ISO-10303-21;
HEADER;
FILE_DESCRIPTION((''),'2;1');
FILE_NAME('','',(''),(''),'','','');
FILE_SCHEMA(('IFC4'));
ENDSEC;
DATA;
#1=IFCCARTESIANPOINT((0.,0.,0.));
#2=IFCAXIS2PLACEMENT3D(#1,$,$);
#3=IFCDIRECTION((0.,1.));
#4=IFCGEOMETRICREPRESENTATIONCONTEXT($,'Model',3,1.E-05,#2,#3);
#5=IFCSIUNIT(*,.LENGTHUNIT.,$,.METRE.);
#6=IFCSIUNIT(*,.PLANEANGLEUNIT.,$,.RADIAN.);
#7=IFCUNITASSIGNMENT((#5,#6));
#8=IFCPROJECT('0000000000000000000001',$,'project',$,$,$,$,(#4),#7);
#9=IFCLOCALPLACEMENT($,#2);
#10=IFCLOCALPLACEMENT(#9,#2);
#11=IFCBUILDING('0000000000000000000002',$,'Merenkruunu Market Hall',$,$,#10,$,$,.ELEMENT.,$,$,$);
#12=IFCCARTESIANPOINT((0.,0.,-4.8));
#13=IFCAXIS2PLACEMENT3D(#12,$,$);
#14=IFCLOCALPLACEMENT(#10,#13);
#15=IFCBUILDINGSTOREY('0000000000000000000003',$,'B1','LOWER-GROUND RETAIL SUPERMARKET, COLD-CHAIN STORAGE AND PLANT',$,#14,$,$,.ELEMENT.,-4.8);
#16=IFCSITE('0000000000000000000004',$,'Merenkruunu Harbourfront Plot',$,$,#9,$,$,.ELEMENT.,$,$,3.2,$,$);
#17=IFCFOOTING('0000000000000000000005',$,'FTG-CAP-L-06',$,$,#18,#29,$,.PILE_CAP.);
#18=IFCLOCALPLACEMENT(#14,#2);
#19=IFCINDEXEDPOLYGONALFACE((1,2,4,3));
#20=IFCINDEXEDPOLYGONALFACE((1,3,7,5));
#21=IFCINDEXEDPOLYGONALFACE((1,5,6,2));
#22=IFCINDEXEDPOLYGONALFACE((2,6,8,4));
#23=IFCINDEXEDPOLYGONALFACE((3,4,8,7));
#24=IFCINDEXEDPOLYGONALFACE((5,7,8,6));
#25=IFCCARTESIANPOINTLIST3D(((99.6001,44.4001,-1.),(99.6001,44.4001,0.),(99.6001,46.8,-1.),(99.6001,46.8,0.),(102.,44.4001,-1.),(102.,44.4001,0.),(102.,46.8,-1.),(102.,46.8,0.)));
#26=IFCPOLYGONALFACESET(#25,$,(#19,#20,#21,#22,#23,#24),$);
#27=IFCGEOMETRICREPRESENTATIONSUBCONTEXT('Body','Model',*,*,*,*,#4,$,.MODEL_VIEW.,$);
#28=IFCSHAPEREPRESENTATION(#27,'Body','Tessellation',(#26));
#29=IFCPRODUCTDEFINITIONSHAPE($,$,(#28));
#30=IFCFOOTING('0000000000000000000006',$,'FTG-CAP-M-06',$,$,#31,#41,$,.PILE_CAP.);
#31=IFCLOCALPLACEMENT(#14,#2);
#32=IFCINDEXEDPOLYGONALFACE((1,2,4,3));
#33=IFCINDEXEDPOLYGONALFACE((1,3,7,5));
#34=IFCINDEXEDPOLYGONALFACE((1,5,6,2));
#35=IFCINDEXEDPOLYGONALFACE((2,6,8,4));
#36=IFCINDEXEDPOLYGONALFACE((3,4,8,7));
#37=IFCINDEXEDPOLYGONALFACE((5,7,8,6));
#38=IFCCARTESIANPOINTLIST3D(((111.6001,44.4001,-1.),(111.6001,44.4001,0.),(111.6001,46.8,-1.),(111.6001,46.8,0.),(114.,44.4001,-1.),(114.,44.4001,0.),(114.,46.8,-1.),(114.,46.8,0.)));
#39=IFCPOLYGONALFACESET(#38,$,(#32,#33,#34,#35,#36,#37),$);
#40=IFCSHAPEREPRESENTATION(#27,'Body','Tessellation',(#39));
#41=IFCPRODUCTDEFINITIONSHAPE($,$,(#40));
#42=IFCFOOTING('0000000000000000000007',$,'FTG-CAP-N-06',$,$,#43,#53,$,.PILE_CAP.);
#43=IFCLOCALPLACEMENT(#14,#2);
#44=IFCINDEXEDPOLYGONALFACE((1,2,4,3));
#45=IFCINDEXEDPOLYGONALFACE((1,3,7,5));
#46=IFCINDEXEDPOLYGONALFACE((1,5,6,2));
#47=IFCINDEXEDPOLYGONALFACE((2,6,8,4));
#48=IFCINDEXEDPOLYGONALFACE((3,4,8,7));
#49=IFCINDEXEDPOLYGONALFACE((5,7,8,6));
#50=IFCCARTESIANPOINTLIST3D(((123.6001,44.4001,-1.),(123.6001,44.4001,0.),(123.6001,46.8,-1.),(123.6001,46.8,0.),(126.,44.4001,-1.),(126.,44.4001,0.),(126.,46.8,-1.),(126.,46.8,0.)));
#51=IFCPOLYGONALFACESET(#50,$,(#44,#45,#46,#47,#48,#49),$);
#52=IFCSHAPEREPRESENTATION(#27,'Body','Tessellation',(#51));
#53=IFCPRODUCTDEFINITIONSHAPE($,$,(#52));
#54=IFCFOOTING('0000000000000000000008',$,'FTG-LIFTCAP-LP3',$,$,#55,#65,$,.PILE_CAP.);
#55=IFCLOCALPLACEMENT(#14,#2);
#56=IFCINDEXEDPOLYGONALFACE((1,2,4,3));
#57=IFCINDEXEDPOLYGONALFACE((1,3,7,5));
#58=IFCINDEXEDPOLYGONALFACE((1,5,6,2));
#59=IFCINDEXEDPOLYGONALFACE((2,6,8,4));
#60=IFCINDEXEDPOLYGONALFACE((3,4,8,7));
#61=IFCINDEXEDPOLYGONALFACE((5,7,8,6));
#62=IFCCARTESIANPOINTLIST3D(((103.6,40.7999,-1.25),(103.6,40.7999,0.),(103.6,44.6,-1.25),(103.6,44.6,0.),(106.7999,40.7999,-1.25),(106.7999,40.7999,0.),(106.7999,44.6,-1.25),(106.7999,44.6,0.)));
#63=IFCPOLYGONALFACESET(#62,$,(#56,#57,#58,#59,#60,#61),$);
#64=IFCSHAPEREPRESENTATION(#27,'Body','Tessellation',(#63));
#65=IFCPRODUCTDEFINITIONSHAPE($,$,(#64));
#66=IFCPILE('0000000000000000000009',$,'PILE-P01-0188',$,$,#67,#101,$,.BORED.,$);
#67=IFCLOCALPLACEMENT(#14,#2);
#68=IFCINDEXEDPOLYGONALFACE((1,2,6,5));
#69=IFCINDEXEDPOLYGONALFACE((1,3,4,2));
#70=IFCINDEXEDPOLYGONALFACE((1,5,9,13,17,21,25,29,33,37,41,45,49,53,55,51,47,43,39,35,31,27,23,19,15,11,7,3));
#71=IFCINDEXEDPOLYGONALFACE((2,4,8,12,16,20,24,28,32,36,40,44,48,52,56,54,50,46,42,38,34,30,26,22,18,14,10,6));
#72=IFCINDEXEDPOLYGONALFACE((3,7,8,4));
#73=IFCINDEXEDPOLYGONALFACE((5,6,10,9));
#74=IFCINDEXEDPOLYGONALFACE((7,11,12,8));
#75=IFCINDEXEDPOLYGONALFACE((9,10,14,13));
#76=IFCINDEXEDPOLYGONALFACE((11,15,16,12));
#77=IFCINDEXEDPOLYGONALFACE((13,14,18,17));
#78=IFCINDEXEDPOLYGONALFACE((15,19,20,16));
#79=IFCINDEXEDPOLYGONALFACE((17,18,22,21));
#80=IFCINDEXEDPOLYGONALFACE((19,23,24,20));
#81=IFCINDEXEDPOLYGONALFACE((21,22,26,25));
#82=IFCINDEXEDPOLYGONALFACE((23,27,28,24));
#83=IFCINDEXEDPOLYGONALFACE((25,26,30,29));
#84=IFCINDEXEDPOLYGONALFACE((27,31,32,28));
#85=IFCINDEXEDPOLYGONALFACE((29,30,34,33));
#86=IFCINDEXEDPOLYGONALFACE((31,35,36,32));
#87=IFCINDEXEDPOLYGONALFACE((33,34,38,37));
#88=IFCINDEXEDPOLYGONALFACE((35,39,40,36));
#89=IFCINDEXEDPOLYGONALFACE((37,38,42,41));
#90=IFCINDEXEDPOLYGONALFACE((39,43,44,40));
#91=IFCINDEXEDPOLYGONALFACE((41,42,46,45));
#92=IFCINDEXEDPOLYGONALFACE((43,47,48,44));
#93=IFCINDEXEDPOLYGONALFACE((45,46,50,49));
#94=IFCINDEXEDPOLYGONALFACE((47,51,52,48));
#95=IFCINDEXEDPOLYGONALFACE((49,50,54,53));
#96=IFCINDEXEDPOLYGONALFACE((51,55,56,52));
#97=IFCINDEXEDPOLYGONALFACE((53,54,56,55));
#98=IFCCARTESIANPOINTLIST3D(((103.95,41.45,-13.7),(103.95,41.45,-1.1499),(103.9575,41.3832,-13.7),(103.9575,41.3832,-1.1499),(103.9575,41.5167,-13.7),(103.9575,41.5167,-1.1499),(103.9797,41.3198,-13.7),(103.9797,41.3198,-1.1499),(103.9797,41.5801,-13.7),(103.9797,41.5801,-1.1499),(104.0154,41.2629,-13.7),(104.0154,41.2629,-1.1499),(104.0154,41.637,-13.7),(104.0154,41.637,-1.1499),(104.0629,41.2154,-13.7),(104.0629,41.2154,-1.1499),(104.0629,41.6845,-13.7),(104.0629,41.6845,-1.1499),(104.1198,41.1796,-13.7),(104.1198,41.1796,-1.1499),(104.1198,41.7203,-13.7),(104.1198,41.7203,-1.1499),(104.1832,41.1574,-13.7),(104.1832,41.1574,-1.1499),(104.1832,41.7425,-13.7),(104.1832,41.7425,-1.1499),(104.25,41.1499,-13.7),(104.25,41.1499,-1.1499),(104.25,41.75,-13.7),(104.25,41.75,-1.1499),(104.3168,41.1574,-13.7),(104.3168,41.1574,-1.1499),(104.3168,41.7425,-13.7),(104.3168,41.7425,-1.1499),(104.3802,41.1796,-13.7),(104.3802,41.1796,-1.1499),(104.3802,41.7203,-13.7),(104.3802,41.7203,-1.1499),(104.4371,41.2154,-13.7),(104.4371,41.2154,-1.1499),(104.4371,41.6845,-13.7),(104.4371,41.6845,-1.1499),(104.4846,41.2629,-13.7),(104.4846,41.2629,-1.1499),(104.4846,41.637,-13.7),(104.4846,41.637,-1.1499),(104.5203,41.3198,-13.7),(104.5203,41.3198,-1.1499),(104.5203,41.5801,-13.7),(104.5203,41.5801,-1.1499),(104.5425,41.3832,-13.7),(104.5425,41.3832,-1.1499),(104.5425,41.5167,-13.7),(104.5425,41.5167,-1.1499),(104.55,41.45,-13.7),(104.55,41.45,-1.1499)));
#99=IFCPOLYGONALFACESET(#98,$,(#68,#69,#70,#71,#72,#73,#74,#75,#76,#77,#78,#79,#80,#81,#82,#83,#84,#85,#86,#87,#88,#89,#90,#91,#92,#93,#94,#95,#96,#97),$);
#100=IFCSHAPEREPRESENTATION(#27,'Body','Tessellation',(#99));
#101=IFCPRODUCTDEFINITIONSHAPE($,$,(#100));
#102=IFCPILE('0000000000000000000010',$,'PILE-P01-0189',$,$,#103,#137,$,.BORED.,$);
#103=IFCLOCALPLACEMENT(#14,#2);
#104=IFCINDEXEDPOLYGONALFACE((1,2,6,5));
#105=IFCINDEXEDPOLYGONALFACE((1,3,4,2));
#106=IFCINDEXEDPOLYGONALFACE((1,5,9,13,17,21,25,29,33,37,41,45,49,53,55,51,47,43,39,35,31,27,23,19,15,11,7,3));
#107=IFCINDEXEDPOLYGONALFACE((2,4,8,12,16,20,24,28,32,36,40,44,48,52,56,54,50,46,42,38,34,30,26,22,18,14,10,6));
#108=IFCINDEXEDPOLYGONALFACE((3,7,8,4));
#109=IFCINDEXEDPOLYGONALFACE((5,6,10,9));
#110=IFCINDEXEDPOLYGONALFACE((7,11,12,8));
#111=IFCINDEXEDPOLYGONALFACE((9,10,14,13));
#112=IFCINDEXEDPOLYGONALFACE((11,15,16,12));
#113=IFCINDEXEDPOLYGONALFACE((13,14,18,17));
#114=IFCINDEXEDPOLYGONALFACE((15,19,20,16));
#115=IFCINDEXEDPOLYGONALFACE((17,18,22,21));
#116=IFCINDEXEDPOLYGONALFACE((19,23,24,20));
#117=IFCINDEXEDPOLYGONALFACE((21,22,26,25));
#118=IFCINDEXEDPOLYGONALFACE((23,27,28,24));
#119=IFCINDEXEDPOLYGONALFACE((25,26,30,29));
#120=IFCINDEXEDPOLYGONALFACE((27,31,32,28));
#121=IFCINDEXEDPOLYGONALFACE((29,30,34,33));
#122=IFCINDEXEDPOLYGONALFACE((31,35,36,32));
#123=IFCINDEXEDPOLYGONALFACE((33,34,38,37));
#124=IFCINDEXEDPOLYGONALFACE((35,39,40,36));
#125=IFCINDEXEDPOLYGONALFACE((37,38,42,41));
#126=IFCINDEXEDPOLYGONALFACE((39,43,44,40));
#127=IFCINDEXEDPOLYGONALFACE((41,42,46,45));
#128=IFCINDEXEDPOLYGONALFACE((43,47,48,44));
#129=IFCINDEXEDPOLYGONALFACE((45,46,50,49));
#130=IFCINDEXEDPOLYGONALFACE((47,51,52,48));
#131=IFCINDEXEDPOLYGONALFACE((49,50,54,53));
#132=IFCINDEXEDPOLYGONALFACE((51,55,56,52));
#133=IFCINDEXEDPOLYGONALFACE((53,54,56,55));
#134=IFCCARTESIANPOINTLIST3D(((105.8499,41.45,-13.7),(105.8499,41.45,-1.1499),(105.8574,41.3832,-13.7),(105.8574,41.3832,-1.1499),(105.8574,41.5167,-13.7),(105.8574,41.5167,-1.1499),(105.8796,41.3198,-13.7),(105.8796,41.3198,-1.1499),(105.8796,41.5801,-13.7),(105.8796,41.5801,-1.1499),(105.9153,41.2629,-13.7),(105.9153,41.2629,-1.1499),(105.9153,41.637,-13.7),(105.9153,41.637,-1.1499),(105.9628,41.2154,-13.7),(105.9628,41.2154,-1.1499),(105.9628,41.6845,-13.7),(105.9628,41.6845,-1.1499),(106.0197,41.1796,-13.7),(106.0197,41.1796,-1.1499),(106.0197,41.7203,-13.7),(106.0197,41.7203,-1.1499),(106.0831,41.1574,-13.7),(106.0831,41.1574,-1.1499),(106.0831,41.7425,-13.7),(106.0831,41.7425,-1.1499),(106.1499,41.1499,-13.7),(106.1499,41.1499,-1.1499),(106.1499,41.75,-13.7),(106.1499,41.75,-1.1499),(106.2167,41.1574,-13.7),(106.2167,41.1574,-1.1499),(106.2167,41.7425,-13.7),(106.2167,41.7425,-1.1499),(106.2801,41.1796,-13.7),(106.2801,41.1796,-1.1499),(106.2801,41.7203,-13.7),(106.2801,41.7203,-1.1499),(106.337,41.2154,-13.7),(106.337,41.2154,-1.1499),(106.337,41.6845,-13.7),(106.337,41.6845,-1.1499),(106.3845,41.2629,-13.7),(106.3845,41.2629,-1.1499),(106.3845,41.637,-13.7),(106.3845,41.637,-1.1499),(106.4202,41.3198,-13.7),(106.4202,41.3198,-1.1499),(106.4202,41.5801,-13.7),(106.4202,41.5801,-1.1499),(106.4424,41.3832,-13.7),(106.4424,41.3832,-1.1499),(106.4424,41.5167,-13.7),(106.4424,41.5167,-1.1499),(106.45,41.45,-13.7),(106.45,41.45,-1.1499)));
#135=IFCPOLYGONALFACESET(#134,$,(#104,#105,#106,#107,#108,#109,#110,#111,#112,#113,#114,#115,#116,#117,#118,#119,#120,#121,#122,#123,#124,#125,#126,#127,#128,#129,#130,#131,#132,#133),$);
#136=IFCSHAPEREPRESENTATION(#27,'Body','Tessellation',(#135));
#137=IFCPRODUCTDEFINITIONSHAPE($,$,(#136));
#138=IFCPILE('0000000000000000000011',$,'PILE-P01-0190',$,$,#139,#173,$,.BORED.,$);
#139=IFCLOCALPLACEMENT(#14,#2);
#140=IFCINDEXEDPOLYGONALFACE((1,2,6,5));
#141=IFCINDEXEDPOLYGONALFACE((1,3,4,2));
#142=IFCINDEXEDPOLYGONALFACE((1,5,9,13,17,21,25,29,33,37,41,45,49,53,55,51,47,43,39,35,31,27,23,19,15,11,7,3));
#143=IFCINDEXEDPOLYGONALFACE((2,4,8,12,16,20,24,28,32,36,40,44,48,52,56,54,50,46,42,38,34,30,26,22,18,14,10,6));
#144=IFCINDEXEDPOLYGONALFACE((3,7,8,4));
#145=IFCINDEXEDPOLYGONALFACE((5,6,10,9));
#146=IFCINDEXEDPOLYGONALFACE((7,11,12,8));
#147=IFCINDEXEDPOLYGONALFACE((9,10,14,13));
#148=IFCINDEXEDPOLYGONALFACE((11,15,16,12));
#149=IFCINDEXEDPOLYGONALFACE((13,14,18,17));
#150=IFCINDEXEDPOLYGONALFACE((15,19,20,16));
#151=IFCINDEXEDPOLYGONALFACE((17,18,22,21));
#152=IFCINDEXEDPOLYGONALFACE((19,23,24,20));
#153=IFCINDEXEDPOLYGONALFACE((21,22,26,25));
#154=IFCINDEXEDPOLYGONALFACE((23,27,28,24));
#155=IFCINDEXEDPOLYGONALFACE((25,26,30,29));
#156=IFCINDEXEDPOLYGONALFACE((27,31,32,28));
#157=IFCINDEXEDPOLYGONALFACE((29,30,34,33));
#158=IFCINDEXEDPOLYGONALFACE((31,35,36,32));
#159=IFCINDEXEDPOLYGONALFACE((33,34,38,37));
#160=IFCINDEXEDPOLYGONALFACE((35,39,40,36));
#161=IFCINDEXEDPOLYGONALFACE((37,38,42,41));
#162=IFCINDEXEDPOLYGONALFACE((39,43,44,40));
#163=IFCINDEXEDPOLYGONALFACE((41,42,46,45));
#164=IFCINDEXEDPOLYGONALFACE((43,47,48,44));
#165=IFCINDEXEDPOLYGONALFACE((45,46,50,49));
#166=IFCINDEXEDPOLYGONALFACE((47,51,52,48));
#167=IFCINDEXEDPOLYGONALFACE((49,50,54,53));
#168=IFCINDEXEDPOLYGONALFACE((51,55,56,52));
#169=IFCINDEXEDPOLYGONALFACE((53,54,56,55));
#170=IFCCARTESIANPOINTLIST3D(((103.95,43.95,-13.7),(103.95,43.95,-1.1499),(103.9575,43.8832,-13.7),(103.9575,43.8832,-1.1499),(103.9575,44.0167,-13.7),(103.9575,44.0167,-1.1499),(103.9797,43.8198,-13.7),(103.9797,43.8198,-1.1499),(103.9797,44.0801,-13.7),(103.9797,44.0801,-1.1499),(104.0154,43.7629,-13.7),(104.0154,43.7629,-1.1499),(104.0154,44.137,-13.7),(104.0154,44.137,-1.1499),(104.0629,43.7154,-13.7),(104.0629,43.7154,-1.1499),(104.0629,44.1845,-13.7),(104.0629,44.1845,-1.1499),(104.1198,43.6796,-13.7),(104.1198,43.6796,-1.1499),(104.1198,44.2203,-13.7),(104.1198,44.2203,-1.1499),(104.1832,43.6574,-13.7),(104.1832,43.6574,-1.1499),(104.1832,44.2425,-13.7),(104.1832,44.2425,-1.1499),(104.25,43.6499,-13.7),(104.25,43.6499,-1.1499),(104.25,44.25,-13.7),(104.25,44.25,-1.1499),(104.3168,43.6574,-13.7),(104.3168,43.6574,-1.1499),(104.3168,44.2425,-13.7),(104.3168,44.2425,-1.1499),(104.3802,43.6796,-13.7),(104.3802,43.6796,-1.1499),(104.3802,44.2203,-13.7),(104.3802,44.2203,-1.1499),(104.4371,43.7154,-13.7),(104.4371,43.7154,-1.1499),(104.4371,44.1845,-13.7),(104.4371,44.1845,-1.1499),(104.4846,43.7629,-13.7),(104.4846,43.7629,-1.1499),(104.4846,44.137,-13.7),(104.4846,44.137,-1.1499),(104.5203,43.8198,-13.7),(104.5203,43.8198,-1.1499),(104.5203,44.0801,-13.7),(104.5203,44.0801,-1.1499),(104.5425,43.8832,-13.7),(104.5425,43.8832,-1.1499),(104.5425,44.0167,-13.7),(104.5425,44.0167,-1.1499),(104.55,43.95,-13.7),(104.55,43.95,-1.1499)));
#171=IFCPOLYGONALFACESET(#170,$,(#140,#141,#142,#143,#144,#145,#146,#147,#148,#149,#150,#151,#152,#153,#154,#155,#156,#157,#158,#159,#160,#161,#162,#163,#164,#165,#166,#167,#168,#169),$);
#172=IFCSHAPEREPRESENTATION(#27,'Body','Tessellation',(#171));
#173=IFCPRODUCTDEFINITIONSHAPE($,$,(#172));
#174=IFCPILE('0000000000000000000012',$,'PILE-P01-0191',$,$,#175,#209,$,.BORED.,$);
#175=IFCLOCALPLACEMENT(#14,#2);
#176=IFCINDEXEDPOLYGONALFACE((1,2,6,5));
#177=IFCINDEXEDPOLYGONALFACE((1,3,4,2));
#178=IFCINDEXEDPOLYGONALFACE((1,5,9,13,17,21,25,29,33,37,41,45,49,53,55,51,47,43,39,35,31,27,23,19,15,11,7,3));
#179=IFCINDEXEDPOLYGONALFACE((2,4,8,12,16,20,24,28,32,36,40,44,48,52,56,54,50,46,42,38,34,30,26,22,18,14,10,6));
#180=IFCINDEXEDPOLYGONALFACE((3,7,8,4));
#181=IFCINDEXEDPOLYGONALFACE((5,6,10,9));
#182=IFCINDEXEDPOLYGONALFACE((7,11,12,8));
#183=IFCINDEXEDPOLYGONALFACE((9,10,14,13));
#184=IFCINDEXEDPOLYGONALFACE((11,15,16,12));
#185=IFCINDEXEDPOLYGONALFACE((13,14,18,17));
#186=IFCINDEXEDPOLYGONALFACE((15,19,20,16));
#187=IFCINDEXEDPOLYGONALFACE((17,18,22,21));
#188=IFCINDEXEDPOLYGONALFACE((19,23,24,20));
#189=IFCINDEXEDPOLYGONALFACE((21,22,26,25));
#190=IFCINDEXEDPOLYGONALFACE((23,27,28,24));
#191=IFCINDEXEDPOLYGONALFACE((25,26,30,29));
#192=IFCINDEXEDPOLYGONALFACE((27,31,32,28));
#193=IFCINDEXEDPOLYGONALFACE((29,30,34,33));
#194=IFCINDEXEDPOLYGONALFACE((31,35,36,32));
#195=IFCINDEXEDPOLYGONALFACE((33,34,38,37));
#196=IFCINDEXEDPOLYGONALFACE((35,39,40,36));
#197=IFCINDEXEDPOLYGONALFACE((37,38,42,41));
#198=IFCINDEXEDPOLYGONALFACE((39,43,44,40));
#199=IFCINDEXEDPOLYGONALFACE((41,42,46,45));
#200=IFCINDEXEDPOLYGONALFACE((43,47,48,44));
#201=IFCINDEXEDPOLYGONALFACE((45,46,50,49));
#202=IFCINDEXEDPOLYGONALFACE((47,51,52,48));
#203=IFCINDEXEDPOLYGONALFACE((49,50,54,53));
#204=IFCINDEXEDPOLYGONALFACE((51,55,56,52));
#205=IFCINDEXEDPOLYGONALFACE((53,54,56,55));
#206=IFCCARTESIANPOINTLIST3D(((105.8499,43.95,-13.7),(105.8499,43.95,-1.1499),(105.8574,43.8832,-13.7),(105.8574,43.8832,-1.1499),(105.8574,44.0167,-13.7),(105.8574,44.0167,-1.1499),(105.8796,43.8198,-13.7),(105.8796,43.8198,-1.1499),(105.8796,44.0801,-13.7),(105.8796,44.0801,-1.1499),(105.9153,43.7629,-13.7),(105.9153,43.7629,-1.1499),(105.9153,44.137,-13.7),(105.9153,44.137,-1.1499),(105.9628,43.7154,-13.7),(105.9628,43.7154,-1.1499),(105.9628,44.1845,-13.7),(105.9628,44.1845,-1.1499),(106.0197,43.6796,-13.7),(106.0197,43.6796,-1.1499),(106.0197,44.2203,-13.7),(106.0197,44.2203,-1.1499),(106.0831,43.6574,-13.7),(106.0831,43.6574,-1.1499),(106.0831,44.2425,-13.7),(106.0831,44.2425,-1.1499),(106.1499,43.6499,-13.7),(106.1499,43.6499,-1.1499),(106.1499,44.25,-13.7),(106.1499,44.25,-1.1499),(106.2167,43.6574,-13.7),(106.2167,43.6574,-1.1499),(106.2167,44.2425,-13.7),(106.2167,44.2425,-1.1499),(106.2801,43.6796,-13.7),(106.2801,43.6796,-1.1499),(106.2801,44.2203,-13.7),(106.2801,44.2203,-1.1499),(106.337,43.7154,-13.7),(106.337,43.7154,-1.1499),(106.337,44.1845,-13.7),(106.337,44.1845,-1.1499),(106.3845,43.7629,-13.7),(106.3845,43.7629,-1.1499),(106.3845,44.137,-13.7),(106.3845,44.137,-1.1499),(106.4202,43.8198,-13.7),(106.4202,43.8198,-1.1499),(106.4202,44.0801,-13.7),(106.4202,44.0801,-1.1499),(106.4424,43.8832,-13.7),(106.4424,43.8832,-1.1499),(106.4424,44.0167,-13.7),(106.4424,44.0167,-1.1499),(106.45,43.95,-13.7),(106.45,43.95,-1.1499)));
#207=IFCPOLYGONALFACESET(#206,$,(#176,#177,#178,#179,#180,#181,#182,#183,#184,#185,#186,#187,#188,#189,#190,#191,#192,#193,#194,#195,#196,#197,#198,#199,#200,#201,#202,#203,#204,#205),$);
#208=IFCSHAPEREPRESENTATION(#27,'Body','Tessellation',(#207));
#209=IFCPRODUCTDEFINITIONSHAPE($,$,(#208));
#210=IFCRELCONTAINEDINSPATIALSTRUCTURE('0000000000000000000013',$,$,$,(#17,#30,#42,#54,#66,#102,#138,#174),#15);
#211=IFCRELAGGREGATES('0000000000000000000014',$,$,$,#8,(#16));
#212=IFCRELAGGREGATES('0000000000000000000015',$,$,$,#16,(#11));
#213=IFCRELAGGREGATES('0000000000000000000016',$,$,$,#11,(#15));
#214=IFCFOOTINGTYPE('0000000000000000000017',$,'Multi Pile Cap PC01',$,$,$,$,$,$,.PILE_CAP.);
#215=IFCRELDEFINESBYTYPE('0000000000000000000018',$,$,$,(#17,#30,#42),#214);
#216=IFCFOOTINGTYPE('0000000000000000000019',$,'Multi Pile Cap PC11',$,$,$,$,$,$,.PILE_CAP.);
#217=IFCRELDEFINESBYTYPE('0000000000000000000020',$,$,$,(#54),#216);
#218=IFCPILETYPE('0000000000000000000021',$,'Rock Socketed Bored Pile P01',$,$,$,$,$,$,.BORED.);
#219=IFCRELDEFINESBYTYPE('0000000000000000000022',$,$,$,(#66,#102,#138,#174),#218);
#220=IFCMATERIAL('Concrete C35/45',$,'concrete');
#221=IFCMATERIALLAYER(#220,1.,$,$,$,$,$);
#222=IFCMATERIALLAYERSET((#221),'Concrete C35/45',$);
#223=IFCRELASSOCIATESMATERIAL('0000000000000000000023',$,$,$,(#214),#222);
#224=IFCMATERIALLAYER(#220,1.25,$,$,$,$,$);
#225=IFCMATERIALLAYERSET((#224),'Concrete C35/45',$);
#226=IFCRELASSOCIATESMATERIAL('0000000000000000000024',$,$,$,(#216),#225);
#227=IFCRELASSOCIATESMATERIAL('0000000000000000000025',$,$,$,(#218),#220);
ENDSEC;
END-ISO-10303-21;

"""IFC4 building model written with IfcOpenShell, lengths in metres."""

from ifc_helpers import new_model, si_unit, direction, frame, origin, origin_2d, place, context, subcontext, project, spatial, rectangle, circle, extrude, material, layer, layer_set, material_profile, profile_set, type_object, element, save


model = new_model("IFC4")

# Units and contexts
model_context = context("Model", 3, precision=1e-05, world=origin(), true_north=direction((0.0, 1.0)))
body_context = subcontext(model_context, "Body", "Model", "MODEL_VIEW")
ifc_project = project(units=[si_unit("LENGTHUNIT", "METRE"), si_unit("PLANEANGLEUNIT", "RADIAN")], contexts=[model_context])

# Site, building, storey
site_placement = place(None, origin())
site = spatial("IfcSite", under=ifc_project, at=site_placement, Name="Merenkruunu Harbourfront Plot", CompositionType="ELEMENT", RefElevation=3.2)
building_placement = place(site_placement, origin())
building = spatial("IfcBuilding", under=site, at=building_placement, Name="Merenkruunu Market Hall", CompositionType="ELEMENT")
storey_placement = place(building_placement, frame((0.0, 0.0, -4.8)))
storey = spatial("IfcBuildingStorey", under=building, at=storey_placement, Name="B1", Description="LOWER-GROUND RETAIL SUPERMARKET, COLD-CHAIN STORAGE AND PLANT", CompositionType="ELEMENT", Elevation=-4.8)

# Footings
ifc_material_1 = material(Name="Concrete C35/45", Category="concrete")
ifc_layer_1 = layer(ifc_material_1, 1.0)
ifc_layer_set_1 = layer_set([ifc_layer_1], Name="Concrete C35/45")
footing_type_1 = type_object("IfcFootingType", Name="Multi Pile Cap PC01", PredefinedType="PILE_CAP", material=ifc_layer_set_1)
for number, where, z_axis, x_axis, name in (
    (1, (100.8, 45.6001, -1.0), (0.0, 0.0, 1.0), (1.0, 0.0, 0.0), "FTG-CAP-L-06"),
    (2, (112.8, 45.6001, -1.0), (0.0, 0.0, 1.0), (1.0, 0.0, 0.0), "FTG-CAP-M-06"),
    (3, (124.8, 45.6001, -1.0), (0.0, 0.0, 1.0), (1.0, 0.0, 0.0), "FTG-CAP-N-06"),
):
    element("IfcFooting", number, at=place(storey_placement, frame(where, z_axis=z_axis, x_axis=x_axis)), inside=storey, type_object=footing_type_1, Name=name, PredefinedType="PILE_CAP", context=body_context, shape_type="SweptSolid", body=[
        extrude(rectangle(XDim=2.3999, YDim=2.3999, at=origin_2d()), origin(), (0.0, 0.0, 1.0), 1.0),
    ])
ifc_layer_2 = layer(ifc_material_1, 1.25)
ifc_layer_set_2 = layer_set([ifc_layer_2], Name="Concrete C35/45")
footing_type_2 = type_object("IfcFootingType", Name="Multi Pile Cap PC11", PredefinedType="PILE_CAP", material=ifc_layer_set_2)
footing_1_placement = place(storey_placement, frame((105.2, 42.7, -1.25), z_axis=(0.0, 0.0, 1.0), x_axis=(1.0, 0.0, 0.0)))
element("IfcFooting", 4, at=footing_1_placement, inside=storey, type_object=footing_type_2, Name="FTG-LIFTCAP-LP3", PredefinedType="PILE_CAP", context=body_context, shape_type="SweptSolid", body=[
    extrude(rectangle(XDim=3.2, YDim=3.8, at=origin_2d()), origin(), (0.0, 0.0, 1.0), 1.25),
])

# Piles
ifc_material_profile_1 = material_profile(ifc_material_1, circle(Radius=0.3, at=origin_2d()), Name="BORED PILE 600")
ifc_profile_set_1 = profile_set([ifc_material_profile_1], Name="Concrete C35/45")
pile_type = type_object("IfcPileType", Name="Rock Socketed Bored Pile P01", PredefinedType="BORED", material=ifc_profile_set_1)
for number, where, z_axis, x_axis, name in (
    (5, (104.25, 41.45, -1.1499), (0.0, 0.0, -1.0), (1.0, 0.0, 0.0), "PILE-P01-0188"),
    (6, (106.1499, 41.45, -1.1499), (0.0, 0.0, -1.0), (1.0, 0.0, 0.0), "PILE-P01-0189"),
    (7, (104.25, 43.95, -1.1499), (0.0, 0.0, -1.0), (1.0, 0.0, 0.0), "PILE-P01-0190"),
    (8, (106.1499, 43.95, -1.1499), (0.0, 0.0, -1.0), (1.0, 0.0, 0.0), "PILE-P01-0191"),
):
    element("IfcPile", number, at=place(storey_placement, frame(where, z_axis=z_axis, x_axis=x_axis)), inside=storey, type_object=pile_type, Name=name, PredefinedType="BORED", context=body_context, shape_type="SweptSolid", body=[
        extrude(circle(Radius=0.3, at=origin_2d()), origin(), (0.0, 0.0, 1.0), 12.55),
    ])

save(model, "model.ifc")
